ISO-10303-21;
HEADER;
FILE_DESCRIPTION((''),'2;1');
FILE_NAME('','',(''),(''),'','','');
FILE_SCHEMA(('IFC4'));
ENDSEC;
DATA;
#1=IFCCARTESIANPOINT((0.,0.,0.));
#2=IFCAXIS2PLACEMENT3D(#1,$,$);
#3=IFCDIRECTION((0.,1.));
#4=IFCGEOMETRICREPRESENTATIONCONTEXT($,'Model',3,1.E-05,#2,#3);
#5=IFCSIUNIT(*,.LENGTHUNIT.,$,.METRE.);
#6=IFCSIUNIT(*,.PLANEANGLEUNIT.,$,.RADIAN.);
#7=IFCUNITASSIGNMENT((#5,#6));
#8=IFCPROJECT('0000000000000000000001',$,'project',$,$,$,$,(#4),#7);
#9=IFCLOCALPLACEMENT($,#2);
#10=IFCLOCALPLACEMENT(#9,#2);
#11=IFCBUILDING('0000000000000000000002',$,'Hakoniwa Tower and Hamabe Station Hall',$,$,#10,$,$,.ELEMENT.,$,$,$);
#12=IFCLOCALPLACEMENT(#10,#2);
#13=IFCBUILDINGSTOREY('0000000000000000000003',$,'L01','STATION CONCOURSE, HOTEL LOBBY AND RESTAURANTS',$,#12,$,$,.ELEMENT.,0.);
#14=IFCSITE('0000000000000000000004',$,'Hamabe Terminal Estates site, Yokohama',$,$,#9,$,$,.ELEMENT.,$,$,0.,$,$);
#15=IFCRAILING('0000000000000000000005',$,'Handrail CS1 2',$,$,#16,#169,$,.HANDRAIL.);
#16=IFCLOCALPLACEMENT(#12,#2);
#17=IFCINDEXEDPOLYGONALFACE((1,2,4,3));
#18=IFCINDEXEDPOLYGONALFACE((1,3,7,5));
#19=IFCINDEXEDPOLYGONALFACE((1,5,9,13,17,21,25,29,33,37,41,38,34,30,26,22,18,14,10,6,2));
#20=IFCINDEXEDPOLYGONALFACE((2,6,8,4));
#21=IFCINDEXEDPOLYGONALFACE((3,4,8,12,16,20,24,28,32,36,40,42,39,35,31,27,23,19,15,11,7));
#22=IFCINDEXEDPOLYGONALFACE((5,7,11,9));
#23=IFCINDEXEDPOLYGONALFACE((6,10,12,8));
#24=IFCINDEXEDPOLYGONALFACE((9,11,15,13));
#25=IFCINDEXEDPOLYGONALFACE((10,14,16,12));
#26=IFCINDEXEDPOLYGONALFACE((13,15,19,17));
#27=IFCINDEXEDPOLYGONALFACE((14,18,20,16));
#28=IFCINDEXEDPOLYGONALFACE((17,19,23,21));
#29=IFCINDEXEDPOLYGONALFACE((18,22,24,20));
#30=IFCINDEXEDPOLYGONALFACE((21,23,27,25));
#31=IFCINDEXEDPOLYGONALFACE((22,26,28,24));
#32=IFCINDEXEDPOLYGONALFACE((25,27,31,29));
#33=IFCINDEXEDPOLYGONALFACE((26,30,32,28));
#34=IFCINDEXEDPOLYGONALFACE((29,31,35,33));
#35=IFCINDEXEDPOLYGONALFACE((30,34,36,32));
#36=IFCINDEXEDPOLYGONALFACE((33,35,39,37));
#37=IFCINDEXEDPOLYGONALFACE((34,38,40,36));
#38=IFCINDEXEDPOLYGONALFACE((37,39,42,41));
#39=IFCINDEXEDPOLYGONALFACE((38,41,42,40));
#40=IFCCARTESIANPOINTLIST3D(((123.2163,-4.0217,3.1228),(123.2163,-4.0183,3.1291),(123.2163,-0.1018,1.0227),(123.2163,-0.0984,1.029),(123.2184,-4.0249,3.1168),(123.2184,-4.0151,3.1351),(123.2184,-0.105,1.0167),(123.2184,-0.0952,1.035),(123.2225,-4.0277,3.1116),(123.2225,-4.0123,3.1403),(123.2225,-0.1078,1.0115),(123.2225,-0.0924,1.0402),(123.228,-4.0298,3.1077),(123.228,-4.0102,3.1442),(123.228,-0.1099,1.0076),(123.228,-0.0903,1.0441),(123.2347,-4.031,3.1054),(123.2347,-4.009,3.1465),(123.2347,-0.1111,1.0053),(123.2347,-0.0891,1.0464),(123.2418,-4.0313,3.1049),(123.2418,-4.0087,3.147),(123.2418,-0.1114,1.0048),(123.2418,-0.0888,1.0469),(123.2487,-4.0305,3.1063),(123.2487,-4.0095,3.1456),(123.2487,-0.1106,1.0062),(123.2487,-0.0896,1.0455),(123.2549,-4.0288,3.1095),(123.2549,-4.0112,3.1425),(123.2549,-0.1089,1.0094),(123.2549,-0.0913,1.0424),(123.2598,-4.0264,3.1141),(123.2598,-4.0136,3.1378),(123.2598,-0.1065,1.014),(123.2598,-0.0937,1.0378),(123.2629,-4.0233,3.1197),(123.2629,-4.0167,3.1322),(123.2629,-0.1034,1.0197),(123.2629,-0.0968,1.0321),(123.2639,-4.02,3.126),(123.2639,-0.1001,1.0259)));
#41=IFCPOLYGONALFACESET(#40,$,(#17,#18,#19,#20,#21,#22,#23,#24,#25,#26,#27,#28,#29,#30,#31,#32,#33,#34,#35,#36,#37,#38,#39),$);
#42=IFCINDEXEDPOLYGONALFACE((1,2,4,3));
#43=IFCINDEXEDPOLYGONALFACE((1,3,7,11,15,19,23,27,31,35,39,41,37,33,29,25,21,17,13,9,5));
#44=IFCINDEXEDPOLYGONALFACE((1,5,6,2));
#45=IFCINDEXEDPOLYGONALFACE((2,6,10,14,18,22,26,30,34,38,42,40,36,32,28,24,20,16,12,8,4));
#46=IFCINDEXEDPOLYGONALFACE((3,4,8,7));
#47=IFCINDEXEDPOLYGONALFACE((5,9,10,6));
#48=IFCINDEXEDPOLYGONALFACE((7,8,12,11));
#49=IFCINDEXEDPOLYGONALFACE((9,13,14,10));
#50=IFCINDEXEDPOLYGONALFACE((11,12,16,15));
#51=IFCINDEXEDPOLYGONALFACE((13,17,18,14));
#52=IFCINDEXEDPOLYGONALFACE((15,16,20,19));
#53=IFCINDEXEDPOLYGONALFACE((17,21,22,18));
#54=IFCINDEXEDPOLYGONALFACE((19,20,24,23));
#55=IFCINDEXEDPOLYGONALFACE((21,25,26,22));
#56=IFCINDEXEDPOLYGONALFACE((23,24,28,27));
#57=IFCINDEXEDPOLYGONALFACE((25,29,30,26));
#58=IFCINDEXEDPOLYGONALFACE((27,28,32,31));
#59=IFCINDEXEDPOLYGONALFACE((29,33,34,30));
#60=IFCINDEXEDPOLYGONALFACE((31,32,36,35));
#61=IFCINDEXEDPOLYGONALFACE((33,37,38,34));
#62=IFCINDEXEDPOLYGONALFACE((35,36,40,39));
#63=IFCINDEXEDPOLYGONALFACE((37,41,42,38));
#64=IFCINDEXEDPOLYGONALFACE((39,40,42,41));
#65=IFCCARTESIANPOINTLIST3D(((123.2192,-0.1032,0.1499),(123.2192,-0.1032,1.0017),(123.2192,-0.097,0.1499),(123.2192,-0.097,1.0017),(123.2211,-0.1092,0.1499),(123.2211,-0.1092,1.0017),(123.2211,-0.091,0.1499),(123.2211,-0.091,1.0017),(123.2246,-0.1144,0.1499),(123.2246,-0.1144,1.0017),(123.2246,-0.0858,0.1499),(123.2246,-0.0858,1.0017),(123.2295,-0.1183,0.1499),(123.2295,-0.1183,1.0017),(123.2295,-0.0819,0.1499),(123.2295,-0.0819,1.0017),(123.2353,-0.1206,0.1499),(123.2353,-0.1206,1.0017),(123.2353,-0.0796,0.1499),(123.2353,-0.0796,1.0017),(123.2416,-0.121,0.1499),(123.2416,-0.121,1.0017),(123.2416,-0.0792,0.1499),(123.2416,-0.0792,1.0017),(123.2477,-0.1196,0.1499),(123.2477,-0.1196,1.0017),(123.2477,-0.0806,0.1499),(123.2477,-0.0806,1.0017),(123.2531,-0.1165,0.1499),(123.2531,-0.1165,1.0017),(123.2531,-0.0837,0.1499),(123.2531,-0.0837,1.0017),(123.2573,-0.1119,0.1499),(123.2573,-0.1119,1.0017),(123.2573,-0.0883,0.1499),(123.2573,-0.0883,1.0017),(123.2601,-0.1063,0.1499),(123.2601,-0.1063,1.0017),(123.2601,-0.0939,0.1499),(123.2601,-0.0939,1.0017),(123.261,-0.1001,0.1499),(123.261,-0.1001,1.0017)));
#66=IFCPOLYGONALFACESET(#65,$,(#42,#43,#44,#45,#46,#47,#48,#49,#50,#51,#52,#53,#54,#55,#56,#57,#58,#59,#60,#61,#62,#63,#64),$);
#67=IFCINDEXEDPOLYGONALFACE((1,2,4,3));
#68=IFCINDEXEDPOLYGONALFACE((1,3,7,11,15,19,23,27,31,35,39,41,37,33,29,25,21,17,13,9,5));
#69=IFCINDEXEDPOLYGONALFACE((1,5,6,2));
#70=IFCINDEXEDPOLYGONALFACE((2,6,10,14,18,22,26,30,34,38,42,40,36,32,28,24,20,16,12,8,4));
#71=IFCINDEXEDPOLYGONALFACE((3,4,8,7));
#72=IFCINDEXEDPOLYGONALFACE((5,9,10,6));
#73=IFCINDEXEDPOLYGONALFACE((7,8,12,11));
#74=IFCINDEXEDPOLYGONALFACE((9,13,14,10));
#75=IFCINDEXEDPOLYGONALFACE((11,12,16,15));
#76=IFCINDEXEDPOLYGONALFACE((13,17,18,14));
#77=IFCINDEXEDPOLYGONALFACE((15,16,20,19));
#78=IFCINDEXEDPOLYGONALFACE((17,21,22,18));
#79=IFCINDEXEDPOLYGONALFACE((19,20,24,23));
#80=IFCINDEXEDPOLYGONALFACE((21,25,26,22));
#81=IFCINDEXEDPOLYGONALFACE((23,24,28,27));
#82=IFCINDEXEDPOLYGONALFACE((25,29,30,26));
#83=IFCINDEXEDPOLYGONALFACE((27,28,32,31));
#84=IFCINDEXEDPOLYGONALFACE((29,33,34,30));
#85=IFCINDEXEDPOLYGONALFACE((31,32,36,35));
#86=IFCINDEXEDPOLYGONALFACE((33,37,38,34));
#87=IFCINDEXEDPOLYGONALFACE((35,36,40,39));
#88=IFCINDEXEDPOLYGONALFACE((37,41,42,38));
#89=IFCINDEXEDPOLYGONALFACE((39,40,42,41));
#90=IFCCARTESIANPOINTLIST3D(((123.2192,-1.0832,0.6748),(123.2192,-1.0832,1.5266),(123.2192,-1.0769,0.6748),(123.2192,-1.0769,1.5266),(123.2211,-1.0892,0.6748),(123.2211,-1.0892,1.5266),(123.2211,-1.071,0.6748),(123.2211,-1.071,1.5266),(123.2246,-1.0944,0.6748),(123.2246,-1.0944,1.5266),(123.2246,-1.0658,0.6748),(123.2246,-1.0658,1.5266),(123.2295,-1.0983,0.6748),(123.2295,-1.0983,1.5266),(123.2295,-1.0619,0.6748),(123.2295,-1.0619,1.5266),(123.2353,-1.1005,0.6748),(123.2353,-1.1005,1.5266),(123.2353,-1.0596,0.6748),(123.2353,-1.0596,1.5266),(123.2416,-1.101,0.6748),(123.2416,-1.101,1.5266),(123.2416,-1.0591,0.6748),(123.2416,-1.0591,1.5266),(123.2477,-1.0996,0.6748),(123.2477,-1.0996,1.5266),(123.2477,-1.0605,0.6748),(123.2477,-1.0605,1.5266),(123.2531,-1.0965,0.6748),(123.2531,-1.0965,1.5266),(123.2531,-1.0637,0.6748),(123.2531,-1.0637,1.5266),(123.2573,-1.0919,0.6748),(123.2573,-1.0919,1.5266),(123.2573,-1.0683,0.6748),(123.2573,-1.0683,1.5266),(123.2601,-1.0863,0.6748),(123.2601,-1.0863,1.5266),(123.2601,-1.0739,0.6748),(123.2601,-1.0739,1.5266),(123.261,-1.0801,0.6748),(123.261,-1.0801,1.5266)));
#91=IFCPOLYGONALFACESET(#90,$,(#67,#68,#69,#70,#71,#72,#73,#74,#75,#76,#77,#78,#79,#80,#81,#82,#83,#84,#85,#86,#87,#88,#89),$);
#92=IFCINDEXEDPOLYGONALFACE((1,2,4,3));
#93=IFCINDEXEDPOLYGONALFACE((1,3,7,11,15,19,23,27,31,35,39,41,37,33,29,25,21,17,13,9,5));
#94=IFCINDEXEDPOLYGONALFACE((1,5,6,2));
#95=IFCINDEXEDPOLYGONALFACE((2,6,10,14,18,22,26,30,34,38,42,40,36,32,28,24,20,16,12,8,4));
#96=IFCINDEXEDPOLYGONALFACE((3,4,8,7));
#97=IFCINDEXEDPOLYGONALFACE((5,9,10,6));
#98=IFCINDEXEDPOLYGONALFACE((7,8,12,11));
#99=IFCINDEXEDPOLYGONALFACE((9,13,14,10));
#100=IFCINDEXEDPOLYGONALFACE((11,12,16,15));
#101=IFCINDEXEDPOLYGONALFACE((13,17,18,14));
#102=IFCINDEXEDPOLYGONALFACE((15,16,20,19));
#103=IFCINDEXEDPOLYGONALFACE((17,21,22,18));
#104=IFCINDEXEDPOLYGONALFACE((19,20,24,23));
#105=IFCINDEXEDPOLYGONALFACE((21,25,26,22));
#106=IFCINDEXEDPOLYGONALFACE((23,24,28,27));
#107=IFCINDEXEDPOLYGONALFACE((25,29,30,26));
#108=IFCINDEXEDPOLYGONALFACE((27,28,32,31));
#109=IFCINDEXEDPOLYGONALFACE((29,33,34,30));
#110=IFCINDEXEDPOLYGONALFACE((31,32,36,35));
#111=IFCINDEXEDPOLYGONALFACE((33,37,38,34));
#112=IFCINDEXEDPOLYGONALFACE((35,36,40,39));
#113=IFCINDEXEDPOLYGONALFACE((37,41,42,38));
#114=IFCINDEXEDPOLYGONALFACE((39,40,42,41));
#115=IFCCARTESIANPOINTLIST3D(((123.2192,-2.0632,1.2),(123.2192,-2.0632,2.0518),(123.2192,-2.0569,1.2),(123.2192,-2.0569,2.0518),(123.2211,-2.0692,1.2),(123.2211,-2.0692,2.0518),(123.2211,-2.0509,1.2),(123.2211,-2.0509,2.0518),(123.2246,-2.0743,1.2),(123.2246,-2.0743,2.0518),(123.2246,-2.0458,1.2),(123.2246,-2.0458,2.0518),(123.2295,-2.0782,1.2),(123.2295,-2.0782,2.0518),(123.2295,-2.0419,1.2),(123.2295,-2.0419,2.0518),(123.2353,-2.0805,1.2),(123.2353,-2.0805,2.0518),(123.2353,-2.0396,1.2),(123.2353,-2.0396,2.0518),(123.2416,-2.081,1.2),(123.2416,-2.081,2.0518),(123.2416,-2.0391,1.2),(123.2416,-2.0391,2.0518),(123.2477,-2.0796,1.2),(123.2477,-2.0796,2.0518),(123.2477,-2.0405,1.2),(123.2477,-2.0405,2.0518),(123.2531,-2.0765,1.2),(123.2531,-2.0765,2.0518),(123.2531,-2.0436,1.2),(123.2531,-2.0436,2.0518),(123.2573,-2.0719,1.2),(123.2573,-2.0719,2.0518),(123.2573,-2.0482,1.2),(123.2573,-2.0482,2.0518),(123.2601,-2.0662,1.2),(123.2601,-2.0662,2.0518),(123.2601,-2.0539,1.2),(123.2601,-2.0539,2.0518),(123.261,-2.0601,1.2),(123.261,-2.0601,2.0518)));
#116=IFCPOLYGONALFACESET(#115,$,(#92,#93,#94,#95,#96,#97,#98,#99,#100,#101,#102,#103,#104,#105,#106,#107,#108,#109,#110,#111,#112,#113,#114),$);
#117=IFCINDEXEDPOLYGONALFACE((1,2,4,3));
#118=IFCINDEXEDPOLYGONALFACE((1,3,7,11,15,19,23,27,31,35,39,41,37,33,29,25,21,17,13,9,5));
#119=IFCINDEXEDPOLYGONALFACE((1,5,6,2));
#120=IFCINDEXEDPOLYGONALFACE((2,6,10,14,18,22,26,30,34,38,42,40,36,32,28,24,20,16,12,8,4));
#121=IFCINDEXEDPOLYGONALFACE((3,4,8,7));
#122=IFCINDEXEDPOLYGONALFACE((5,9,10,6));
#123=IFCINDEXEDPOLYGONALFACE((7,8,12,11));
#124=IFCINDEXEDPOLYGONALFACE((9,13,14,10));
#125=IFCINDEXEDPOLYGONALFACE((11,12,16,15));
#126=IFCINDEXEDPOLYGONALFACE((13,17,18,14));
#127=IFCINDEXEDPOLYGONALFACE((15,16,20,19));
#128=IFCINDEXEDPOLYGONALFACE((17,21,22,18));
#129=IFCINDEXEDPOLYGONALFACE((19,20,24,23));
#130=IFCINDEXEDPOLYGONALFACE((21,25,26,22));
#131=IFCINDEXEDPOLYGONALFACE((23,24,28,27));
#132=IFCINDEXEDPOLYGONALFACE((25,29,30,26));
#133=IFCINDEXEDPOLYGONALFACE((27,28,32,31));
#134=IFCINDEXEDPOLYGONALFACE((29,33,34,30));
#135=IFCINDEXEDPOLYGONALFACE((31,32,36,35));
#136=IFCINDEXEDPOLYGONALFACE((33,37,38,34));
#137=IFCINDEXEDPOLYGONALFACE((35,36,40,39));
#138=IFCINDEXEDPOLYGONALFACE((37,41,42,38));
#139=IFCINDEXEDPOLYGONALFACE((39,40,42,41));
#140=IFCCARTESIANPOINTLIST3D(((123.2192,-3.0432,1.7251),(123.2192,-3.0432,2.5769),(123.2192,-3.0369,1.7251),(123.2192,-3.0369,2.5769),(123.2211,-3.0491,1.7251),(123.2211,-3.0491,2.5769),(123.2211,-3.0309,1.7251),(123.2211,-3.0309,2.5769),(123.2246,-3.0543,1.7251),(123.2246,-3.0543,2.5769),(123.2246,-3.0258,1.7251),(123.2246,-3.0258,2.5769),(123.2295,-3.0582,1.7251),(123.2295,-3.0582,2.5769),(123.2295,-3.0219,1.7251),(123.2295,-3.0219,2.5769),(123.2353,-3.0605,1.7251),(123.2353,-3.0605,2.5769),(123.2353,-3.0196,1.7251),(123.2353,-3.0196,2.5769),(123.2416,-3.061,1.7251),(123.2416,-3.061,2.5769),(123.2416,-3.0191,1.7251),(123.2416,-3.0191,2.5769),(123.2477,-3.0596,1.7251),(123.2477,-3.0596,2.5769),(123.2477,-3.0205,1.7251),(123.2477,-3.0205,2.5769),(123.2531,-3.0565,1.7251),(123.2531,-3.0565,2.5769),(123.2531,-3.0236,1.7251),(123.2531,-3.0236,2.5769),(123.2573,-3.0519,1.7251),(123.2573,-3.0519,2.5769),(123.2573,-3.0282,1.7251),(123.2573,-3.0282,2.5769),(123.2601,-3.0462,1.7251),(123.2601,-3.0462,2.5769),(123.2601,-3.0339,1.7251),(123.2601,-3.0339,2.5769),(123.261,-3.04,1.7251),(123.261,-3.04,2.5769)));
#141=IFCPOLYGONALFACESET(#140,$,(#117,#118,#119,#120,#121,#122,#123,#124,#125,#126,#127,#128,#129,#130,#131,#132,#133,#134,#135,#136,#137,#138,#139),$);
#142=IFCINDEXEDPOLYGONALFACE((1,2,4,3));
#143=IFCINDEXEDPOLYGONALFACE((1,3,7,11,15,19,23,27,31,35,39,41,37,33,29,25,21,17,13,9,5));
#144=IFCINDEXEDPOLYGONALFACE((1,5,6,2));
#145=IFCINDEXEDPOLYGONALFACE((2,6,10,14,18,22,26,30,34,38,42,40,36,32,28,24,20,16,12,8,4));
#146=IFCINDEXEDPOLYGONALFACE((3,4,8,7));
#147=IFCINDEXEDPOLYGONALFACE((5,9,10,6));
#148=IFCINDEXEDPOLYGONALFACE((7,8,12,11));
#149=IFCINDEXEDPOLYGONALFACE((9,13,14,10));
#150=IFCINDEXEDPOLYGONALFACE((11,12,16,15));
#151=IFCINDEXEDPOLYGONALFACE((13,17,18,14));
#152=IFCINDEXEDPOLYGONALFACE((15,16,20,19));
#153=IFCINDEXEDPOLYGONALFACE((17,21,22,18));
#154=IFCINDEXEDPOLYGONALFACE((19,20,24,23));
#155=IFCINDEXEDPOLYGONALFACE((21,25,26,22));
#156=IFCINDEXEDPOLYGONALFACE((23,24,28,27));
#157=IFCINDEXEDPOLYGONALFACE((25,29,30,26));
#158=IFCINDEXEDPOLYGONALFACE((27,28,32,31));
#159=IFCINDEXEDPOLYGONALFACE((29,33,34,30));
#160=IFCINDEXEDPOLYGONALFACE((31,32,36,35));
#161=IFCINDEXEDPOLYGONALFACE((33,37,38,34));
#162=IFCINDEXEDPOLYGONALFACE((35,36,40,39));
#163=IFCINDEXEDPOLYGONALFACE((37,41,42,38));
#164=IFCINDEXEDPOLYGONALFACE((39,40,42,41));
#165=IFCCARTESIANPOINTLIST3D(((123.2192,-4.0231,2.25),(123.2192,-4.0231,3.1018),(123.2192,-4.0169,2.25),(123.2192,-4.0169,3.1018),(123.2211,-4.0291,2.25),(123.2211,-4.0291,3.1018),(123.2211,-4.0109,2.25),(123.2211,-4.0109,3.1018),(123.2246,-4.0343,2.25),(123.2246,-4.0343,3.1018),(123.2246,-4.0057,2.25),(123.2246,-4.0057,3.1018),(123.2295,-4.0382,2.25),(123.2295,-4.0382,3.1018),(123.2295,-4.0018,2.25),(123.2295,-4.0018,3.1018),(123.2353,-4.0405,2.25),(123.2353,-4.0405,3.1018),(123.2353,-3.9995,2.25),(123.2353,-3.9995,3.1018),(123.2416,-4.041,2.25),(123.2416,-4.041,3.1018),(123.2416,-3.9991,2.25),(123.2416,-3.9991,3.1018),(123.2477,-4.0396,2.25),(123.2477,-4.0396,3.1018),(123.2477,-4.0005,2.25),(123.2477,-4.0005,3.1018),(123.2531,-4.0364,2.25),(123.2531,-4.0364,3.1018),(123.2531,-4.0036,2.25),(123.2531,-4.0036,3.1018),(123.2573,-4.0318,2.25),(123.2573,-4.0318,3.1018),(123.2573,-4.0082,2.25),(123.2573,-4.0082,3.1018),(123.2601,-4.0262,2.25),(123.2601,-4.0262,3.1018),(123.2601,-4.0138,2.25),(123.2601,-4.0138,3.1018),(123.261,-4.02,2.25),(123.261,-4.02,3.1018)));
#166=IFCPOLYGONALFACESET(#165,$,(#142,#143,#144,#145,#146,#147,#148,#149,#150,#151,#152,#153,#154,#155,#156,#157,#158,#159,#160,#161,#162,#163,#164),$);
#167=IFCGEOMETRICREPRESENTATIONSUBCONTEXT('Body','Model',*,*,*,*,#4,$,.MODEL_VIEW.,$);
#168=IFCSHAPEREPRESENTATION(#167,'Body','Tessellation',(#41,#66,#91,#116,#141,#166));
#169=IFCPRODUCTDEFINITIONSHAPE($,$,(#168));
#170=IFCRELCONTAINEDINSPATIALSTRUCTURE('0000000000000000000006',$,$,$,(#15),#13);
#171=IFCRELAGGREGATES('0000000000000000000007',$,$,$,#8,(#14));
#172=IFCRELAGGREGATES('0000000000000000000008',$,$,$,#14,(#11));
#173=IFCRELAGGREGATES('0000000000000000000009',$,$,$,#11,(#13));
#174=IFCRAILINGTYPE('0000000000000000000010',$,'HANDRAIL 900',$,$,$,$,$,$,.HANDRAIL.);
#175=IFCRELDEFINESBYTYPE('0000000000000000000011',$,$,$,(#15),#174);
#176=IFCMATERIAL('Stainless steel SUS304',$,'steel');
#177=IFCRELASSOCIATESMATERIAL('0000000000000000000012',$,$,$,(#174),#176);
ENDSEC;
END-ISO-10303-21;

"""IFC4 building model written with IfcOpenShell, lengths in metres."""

from ifc_helpers import new_model, si_unit, direction, frame, origin, origin_2d, place, context, subcontext, project, spatial, circle, extrude, material, type_object, element, save


model = new_model("IFC4")

# Units and contexts
model_context = context("Model", 3, precision=1e-05, world=origin(), true_north=direction((0.0, 1.0)))
body_context = subcontext(model_context, "Body", "Model", "MODEL_VIEW")
ifc_project = project(units=[si_unit("LENGTHUNIT", "METRE"), si_unit("PLANEANGLEUNIT", "RADIAN")], contexts=[model_context])

# Site, building, storey
site_placement = place(None, origin())
site = spatial("IfcSite", under=ifc_project, at=site_placement, Name="Hamabe Terminal Estates site, Yokohama", CompositionType="ELEMENT", RefElevation=0.0)
building_placement = place(site_placement, origin())
building = spatial("IfcBuilding", under=site, at=building_placement, Name="Hakoniwa Tower and Hamabe Station Hall", CompositionType="ELEMENT")
storey_placement = place(building_placement, origin())
storey = spatial("IfcBuildingStorey", under=building, at=storey_placement, Name="L01", Description="STATION CONCOURSE, HOTEL LOBBY AND RESTAURANTS", CompositionType="ELEMENT", Elevation=0.0)

# Railing
ifc_material_1 = material(Name="Stainless steel SUS304", Category="steel")
railing_type_1 = type_object("IfcRailingType", Name="HANDRAIL 900", PredefinedType="HANDRAIL", material=ifc_material_1)
for number, where, name in (
    (1, (123.24, -0.1001, 0.1499), "Handrail CS1 2"),
):
    element("IfcRailing", number, at=place(storey_placement, frame(where)), inside=storey, type_object=railing_type_1, Name=name, PredefinedType="HANDRAIL", context=body_context, shape_type="SweptSolid", body=[
        extrude(circle(Radius=0.0239, at=origin_2d()), frame((0.0, 0.0, 0.876), z_axis=(0.0, -0.881467, 0.472246), x_axis=(1.0, 0.0, 0.0)), (0.0, 0.0, 1.0), 4.447),
        extrude(circle(Radius=0.021, at=origin_2d()), origin(), (0.0, 0.0, 1.0), 0.8518),
        extrude(circle(Radius=0.021, at=origin_2d()), frame((0.0, -0.98, 0.5249)), (0.0, 0.0, 1.0), 0.8518),
        extrude(circle(Radius=0.021, at=origin_2d()), frame((0.0, -1.96, 1.05)), (0.0, 0.0, 1.0), 0.8518),
        extrude(circle(Radius=0.021, at=origin_2d()), frame((0.0, -2.9399, 1.5752)), (0.0, 0.0, 1.0), 0.8518),
        extrude(circle(Radius=0.021, at=origin_2d()), frame((0.0, -3.9199, 2.1001)), (0.0, 0.0, 1.0), 0.8518),
    ])

save(model, "model.ifc")
